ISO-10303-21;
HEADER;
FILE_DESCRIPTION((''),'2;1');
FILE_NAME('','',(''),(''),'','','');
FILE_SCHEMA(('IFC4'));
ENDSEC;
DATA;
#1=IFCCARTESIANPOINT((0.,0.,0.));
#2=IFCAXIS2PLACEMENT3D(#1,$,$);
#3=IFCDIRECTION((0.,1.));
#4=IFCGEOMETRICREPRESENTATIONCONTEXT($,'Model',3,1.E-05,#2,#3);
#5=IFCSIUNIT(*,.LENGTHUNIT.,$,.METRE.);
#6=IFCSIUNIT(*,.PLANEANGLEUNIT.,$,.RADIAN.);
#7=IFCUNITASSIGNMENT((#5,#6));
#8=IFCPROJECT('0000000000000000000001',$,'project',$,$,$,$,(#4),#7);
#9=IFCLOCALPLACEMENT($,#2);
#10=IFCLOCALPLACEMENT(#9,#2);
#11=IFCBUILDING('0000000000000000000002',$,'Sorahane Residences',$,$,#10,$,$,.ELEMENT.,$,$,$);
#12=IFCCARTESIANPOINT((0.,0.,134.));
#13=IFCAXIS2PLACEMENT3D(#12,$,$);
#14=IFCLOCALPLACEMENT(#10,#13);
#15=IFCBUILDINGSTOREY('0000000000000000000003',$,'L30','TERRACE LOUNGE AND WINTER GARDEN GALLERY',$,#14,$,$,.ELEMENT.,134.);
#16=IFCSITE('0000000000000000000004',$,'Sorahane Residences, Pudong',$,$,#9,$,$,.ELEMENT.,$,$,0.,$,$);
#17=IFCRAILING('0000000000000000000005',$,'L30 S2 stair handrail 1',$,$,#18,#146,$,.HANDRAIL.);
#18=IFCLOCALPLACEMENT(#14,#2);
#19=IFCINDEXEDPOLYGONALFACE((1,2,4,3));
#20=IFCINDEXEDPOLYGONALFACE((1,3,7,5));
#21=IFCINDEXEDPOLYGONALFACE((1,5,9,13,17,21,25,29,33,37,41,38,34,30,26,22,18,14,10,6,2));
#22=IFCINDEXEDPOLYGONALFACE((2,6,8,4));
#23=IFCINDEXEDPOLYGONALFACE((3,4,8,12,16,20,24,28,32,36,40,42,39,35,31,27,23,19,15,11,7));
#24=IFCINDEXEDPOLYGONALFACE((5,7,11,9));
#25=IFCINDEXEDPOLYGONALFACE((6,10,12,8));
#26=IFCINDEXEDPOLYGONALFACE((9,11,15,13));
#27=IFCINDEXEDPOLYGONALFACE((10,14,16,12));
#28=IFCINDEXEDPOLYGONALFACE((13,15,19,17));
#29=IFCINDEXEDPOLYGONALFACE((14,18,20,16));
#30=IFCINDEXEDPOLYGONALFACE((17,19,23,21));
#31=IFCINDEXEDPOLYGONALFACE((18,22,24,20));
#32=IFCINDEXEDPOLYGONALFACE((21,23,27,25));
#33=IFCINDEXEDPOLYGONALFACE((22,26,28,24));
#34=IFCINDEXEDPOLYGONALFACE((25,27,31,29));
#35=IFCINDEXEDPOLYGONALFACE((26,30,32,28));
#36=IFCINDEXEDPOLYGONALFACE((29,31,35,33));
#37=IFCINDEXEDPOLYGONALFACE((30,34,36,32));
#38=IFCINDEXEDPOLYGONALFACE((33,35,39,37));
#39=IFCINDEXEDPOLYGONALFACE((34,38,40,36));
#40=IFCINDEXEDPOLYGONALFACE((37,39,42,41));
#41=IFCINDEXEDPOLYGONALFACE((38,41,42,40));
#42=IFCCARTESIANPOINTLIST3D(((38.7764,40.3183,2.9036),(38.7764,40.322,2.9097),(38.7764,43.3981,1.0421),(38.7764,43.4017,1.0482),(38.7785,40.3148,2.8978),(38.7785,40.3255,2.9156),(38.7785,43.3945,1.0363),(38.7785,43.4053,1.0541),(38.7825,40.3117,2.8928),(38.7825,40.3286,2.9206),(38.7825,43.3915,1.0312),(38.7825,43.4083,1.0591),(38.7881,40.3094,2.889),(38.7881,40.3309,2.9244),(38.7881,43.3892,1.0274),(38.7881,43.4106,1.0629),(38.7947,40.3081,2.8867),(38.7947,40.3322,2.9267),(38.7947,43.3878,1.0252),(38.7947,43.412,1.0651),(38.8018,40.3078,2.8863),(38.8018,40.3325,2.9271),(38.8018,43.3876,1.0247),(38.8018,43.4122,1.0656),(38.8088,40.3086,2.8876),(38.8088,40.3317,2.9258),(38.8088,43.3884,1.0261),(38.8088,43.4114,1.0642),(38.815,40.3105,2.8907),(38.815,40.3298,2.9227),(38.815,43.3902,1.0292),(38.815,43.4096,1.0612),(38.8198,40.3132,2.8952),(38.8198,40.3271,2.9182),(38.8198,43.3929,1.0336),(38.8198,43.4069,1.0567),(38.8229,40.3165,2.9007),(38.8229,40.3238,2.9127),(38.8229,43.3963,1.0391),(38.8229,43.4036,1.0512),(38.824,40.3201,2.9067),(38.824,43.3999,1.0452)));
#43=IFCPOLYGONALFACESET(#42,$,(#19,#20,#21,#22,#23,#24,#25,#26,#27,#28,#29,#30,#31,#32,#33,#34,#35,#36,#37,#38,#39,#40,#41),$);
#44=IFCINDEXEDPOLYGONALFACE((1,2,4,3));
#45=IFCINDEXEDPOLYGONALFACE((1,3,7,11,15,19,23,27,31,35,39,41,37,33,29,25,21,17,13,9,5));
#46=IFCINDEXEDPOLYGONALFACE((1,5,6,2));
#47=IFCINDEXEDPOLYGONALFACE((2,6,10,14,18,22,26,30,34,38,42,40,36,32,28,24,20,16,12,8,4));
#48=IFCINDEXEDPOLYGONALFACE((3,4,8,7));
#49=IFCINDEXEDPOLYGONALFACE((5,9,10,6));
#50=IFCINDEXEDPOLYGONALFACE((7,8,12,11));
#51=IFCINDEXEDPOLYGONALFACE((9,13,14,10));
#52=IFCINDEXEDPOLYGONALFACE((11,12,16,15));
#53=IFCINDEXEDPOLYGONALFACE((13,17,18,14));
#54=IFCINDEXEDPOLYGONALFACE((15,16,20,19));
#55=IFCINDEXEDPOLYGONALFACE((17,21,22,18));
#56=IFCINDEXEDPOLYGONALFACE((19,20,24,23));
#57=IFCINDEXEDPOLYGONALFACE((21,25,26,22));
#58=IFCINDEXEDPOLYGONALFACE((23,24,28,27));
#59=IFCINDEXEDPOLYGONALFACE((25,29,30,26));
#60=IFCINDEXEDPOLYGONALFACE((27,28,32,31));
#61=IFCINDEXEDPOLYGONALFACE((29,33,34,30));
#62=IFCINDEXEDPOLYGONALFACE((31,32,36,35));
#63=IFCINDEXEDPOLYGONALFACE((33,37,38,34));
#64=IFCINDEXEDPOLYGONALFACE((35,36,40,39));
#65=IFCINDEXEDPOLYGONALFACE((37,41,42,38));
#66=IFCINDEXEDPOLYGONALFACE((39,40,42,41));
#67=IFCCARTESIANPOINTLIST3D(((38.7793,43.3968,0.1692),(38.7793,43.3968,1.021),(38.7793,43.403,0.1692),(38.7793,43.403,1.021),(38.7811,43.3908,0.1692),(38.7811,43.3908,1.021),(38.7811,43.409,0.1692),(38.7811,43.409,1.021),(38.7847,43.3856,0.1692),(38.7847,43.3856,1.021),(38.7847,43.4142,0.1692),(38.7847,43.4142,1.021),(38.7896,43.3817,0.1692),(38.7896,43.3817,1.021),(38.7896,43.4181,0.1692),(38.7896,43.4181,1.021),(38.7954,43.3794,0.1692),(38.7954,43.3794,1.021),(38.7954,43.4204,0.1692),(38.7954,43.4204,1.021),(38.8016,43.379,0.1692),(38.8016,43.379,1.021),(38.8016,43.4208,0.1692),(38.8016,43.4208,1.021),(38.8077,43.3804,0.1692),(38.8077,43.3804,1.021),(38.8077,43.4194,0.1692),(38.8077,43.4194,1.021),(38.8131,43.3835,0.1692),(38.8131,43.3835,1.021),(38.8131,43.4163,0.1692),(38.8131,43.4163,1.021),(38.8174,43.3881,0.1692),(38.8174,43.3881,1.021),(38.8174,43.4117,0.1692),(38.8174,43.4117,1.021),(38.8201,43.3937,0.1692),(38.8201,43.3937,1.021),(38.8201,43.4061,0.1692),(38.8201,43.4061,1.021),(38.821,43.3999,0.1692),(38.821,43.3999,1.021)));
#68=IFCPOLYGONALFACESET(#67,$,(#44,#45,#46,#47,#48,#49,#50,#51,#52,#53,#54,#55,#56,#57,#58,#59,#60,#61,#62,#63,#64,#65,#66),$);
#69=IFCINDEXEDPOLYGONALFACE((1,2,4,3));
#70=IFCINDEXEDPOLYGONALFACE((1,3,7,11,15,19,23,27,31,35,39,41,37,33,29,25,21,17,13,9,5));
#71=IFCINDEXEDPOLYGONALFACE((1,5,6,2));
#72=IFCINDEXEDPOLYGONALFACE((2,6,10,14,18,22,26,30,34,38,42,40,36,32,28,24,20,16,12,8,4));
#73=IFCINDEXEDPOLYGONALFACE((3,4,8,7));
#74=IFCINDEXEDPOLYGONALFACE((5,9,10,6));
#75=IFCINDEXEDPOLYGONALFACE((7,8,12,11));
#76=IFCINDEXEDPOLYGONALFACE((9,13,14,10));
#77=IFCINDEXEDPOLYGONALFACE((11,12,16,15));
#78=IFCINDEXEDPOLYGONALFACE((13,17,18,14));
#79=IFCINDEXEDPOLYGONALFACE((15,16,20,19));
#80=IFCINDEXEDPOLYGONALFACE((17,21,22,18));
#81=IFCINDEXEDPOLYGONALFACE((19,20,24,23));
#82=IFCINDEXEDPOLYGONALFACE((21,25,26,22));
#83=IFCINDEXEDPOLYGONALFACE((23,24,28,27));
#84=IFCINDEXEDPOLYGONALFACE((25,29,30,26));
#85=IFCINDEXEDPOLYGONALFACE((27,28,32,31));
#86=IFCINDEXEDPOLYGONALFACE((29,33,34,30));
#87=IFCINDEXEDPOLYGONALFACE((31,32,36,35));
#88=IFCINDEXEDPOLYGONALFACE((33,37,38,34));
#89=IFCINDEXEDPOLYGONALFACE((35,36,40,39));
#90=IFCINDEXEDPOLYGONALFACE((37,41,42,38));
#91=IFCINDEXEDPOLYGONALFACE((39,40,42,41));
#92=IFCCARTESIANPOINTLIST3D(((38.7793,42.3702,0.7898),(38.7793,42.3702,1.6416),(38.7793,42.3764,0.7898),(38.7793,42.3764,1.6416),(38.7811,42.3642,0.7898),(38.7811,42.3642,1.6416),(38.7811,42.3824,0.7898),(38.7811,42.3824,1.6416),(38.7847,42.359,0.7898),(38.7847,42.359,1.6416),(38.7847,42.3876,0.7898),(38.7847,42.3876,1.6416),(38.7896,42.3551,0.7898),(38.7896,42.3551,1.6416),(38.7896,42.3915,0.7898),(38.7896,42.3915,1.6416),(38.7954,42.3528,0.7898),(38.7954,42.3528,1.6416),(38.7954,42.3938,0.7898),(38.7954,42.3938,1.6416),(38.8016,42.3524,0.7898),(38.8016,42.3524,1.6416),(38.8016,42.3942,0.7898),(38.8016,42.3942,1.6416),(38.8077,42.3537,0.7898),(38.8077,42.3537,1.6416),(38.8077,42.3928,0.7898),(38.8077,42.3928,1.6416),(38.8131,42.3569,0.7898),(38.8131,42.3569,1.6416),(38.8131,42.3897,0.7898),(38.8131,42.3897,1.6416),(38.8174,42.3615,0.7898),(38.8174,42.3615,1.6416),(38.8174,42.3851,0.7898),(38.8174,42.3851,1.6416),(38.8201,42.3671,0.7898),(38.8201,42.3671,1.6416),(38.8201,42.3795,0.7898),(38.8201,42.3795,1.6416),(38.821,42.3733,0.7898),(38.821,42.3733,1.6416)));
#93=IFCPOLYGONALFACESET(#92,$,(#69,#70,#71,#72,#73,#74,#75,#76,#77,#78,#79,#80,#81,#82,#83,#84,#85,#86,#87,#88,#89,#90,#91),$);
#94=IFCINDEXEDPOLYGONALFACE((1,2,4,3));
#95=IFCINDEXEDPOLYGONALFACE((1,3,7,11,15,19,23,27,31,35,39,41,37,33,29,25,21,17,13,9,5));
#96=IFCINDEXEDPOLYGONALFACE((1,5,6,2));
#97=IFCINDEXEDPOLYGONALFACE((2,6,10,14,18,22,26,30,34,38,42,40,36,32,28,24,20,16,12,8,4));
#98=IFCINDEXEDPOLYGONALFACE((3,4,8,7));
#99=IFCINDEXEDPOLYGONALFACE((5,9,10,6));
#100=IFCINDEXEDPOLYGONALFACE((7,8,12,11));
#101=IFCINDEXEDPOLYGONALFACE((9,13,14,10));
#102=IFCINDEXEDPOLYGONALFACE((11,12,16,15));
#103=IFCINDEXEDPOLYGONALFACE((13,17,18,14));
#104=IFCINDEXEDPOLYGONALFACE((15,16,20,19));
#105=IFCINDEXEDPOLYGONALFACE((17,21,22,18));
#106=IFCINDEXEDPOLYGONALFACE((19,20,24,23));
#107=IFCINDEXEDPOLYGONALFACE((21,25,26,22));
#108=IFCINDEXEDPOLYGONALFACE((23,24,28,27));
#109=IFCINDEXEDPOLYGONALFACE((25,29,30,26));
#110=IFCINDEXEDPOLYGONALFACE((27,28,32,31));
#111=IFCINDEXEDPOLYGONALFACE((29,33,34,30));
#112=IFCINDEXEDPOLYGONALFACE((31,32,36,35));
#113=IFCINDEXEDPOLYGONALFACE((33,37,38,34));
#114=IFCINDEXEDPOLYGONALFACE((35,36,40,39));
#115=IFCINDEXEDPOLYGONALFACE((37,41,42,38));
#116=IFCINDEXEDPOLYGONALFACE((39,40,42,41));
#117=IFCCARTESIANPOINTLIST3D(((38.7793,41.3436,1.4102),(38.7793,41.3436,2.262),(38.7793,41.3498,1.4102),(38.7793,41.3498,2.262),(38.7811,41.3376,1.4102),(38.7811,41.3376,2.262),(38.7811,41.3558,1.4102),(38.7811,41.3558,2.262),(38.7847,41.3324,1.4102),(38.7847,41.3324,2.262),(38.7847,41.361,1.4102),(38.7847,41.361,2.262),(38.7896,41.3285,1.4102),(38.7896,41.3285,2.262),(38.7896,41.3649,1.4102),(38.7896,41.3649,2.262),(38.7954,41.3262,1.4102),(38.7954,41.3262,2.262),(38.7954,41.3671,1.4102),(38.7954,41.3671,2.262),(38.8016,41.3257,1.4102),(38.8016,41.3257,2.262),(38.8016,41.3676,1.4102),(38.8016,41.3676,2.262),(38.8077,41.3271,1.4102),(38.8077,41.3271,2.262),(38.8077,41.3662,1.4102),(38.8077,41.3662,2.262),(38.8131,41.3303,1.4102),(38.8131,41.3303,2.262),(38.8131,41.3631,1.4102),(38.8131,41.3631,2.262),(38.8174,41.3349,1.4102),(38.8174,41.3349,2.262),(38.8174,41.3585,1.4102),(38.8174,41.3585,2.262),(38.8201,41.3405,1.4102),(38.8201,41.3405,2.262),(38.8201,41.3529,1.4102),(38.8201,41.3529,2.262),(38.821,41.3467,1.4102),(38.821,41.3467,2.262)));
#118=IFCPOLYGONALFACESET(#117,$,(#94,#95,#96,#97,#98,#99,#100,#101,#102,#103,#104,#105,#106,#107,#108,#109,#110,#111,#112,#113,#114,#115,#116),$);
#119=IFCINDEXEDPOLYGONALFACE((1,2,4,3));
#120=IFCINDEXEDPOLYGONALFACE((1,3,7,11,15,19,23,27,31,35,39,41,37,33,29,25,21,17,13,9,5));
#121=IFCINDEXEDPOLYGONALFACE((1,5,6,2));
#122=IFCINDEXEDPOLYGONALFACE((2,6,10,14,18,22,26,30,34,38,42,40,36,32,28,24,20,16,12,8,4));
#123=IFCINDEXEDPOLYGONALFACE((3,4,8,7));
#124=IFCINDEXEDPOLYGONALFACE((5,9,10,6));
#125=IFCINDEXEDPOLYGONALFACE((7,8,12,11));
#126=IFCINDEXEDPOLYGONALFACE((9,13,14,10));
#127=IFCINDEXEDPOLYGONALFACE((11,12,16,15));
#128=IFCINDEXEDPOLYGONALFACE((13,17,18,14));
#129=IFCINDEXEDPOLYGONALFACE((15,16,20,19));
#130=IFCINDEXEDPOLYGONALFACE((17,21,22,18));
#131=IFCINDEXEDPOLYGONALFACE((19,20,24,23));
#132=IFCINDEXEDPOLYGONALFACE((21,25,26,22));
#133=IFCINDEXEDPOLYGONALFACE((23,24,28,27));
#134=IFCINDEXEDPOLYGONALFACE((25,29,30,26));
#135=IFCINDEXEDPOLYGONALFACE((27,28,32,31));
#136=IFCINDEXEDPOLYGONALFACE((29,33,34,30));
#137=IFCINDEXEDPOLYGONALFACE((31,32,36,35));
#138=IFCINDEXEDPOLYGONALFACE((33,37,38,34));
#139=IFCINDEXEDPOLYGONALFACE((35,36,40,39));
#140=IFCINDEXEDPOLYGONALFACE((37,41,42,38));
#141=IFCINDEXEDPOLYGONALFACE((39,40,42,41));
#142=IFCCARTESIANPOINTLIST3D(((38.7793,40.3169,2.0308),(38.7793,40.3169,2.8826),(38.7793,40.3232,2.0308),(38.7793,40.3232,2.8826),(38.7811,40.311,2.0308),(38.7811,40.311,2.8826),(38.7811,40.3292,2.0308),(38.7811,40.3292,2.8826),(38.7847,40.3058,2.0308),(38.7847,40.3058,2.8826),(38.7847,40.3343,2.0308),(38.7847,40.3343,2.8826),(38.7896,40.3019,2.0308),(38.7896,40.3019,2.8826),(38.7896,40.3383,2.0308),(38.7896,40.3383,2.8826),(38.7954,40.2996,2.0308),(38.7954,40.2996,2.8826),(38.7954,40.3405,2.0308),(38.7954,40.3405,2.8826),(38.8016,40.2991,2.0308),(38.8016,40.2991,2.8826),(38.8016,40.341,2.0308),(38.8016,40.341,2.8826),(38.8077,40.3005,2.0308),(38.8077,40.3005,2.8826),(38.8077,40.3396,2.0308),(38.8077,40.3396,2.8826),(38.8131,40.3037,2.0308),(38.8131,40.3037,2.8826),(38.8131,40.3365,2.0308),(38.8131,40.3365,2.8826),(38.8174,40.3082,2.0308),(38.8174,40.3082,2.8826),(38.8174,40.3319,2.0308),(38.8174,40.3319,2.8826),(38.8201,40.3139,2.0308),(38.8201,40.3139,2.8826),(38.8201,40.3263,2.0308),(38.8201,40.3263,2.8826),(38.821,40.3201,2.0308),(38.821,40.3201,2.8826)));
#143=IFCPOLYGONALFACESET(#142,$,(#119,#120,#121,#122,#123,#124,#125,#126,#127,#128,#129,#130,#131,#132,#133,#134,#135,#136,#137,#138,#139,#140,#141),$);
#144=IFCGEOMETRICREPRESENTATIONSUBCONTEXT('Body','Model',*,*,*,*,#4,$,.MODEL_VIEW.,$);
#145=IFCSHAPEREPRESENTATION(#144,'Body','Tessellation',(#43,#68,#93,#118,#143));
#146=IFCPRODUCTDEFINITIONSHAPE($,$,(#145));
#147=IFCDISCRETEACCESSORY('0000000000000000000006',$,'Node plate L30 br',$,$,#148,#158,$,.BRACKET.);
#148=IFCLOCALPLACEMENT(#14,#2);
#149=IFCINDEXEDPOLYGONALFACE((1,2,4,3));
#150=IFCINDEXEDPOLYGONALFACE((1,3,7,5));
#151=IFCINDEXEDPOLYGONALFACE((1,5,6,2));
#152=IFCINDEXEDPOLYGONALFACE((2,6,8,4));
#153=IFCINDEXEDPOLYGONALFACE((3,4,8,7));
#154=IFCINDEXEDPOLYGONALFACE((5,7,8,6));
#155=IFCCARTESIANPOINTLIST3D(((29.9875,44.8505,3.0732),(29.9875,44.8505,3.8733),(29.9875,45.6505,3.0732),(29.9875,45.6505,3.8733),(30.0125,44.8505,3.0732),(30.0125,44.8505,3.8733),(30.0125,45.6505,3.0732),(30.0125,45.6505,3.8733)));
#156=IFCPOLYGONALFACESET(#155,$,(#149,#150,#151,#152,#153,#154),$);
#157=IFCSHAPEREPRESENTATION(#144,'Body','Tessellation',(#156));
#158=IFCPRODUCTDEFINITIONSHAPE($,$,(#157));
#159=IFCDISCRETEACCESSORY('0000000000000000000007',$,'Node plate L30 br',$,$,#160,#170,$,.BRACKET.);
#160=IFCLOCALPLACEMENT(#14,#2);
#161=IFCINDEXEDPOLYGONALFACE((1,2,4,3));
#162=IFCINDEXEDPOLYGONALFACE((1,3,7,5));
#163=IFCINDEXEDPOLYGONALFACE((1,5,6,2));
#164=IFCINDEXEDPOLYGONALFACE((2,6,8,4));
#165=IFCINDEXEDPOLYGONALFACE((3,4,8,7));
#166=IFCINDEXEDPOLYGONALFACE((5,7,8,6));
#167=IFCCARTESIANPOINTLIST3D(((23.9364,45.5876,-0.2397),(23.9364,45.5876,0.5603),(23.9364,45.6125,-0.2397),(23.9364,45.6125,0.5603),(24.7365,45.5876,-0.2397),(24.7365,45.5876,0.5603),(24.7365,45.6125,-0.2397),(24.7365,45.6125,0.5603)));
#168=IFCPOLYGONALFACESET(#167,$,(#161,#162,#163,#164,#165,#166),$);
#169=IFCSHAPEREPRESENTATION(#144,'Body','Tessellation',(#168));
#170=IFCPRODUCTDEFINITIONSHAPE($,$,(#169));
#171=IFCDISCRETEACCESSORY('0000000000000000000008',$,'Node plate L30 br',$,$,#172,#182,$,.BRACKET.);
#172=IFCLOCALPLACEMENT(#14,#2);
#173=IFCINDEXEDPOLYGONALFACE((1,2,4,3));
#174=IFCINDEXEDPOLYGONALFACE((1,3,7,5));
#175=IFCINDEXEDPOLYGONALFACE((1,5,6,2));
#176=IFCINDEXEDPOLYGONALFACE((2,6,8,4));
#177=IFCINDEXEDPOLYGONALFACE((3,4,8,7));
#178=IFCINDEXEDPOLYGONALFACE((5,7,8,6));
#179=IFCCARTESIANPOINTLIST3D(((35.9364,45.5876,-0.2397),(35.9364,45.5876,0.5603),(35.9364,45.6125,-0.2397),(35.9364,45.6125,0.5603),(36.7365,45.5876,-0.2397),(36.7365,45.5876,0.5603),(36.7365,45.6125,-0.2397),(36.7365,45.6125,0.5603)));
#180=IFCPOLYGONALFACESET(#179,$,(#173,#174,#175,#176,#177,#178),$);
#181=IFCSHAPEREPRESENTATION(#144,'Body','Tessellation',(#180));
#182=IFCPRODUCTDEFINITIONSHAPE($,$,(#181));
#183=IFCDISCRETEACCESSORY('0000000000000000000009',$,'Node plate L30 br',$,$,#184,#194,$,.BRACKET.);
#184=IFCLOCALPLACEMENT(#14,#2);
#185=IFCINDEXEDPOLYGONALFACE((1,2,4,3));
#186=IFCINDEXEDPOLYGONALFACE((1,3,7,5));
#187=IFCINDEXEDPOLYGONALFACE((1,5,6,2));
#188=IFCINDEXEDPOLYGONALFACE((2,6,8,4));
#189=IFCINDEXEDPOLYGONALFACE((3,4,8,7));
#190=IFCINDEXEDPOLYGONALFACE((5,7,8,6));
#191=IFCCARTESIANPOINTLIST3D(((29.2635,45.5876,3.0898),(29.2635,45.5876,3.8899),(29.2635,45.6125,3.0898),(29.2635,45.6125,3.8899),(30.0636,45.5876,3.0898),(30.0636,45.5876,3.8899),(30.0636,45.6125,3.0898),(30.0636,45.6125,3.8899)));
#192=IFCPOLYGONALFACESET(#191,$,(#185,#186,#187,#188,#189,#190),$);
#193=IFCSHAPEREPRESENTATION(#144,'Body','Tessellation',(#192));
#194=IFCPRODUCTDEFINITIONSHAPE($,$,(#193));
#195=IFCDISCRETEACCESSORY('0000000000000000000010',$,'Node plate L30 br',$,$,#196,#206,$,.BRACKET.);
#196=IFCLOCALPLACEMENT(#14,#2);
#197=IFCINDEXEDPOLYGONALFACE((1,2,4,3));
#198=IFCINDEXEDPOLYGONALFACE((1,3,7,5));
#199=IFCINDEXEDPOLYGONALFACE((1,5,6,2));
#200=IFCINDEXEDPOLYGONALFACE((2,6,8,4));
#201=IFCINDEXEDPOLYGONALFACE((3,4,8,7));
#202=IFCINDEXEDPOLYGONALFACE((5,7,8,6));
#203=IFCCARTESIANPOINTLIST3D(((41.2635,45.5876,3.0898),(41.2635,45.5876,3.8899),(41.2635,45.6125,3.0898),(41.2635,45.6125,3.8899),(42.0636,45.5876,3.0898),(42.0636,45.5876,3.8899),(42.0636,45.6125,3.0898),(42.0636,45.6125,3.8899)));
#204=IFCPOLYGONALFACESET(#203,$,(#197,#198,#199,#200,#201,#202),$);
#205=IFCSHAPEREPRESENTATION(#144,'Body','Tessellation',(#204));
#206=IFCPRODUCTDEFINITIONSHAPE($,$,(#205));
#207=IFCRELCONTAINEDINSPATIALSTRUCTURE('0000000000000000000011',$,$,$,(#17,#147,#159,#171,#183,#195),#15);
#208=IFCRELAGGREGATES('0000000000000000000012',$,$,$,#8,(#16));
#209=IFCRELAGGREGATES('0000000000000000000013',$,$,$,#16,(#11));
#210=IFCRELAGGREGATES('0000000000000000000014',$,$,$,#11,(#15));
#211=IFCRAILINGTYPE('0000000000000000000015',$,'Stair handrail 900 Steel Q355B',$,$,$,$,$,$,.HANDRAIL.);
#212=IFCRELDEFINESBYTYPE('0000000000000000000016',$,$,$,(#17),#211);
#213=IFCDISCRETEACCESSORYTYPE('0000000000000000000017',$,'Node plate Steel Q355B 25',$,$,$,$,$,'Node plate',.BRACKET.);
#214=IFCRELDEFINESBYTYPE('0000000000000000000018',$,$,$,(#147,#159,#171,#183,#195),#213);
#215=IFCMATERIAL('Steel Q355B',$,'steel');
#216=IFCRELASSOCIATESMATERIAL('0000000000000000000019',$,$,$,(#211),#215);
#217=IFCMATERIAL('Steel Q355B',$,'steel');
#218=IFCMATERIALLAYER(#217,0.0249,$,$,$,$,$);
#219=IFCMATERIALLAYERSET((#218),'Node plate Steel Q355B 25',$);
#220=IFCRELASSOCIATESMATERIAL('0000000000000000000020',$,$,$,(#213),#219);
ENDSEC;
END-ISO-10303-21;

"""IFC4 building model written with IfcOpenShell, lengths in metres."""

from ifc_helpers import new_model, si_unit, direction, frame, origin, origin_2d, place, context, subcontext, project, spatial, rectangle, circle, extrude, material, layer, layer_set, type_object, element, save


model = new_model("IFC4")

# Units and contexts
model_context = context("Model", 3, precision=1e-05, world=origin(), true_north=direction((0.0, 1.0)))
body_context = subcontext(model_context, "Body", "Model", "MODEL_VIEW")
ifc_project = project(units=[si_unit("LENGTHUNIT", "METRE"), si_unit("PLANEANGLEUNIT", "RADIAN")], contexts=[model_context])

# Site, building, storey
site_placement = place(None, origin())
site = spatial("IfcSite", under=ifc_project, at=site_placement, Name="Sorahane Residences, Pudong", CompositionType="ELEMENT", RefElevation=0.0)
building_placement = place(site_placement, origin())
building = spatial("IfcBuilding", under=site, at=building_placement, Name="Sorahane Residences", CompositionType="ELEMENT")
storey_placement = place(building_placement, frame((0.0, 0.0, 134.0)))
storey = spatial("IfcBuildingStorey", under=building, at=storey_placement, Name="L30", Description="TERRACE LOUNGE AND WINTER GARDEN GALLERY", CompositionType="ELEMENT", Elevation=134.0)

# Railing
ifc_material_1 = material(Name="Steel Q355B", Category="steel")
railing_type_1 = type_object("IfcRailingType", Name="Stair handrail 900 Steel Q355B", PredefinedType="HANDRAIL", material=ifc_material_1)
railing_1_placement = place(storey_placement, frame((38.8, 43.3999, 0.1692)))
element("IfcRailing", 1, at=railing_1_placement, inside=storey, type_object=railing_type_1, Name="L30 S2 stair handrail 1", PredefinedType="HANDRAIL", context=body_context, shape_type="SweptSolid", body=[
    extrude(circle(Radius=0.0239, at=origin_2d()), frame((0.0, 0.0, 0.876), z_axis=(0.0, -0.855812, 0.517286), x_axis=(1.0, 0.0, 0.0)), (0.0, 0.0, 1.0), 3.5986),
    extrude(circle(Radius=0.021, at=origin_2d()), origin(), (0.0, 0.0, 1.0), 0.8518),
    extrude(circle(Radius=0.021, at=origin_2d()), frame((0.0, -1.0266, 0.6206)), (0.0, 0.0, 1.0), 0.8518),
    extrude(circle(Radius=0.021, at=origin_2d()), frame((0.0, -2.0532, 1.241)), (0.0, 0.0, 1.0), 0.8518),
    extrude(circle(Radius=0.021, at=origin_2d()), frame((0.0, -3.0798, 1.8616)), (0.0, 0.0, 1.0), 0.8518),
])

# Discrete accessories
ifc_material_2 = material(Name="Steel Q355B", Category="steel")
ifc_layer_1 = layer(ifc_material_2, 0.0249)
ifc_layer_set_1 = layer_set([ifc_layer_1], Name="Node plate Steel Q355B 25")
discrete_accessory_type = type_object("IfcDiscreteAccessoryType", Name="Node plate Steel Q355B 25", ElementType="Node plate", PredefinedType="BRACKET", material=ifc_layer_set_1)
for number, where, z_axis, x_axis, name in (
    (2, (30.0, 45.2505, 3.0732), (0.0, 0.0, 1.0), (0.0, 1.0, 0.0), "Node plate L30 br"),
    (3, (24.3364, 45.6001, -0.2397), (0.0, 0.0, 1.0), (1.0, 0.0, 0.0), "Node plate L30 br"),
    (4, (36.3364, 45.6001, -0.2397), (0.0, 0.0, 1.0), (1.0, 0.0, 0.0), "Node plate L30 br"),
    (5, (29.6636, 45.6001, 3.0898), (0.0, 0.0, 1.0), (1.0, 0.0, 0.0), "Node plate L30 br"),
    (6, (41.6636, 45.6001, 3.0898), (0.0, 0.0, 1.0), (1.0, 0.0, 0.0), "Node plate L30 br"),
):
    element("IfcDiscreteAccessory", number, at=place(storey_placement, frame(where, z_axis=z_axis, x_axis=x_axis)), inside=storey, type_object=discrete_accessory_type, Name=name, PredefinedType="BRACKET", context=body_context, shape_type="SweptSolid", body=[
        extrude(rectangle(XDim=0.8, YDim=0.0249, at=origin_2d()), origin(), (0.0, 0.0, 1.0), 0.8),
    ])

save(model, "model.ifc")
